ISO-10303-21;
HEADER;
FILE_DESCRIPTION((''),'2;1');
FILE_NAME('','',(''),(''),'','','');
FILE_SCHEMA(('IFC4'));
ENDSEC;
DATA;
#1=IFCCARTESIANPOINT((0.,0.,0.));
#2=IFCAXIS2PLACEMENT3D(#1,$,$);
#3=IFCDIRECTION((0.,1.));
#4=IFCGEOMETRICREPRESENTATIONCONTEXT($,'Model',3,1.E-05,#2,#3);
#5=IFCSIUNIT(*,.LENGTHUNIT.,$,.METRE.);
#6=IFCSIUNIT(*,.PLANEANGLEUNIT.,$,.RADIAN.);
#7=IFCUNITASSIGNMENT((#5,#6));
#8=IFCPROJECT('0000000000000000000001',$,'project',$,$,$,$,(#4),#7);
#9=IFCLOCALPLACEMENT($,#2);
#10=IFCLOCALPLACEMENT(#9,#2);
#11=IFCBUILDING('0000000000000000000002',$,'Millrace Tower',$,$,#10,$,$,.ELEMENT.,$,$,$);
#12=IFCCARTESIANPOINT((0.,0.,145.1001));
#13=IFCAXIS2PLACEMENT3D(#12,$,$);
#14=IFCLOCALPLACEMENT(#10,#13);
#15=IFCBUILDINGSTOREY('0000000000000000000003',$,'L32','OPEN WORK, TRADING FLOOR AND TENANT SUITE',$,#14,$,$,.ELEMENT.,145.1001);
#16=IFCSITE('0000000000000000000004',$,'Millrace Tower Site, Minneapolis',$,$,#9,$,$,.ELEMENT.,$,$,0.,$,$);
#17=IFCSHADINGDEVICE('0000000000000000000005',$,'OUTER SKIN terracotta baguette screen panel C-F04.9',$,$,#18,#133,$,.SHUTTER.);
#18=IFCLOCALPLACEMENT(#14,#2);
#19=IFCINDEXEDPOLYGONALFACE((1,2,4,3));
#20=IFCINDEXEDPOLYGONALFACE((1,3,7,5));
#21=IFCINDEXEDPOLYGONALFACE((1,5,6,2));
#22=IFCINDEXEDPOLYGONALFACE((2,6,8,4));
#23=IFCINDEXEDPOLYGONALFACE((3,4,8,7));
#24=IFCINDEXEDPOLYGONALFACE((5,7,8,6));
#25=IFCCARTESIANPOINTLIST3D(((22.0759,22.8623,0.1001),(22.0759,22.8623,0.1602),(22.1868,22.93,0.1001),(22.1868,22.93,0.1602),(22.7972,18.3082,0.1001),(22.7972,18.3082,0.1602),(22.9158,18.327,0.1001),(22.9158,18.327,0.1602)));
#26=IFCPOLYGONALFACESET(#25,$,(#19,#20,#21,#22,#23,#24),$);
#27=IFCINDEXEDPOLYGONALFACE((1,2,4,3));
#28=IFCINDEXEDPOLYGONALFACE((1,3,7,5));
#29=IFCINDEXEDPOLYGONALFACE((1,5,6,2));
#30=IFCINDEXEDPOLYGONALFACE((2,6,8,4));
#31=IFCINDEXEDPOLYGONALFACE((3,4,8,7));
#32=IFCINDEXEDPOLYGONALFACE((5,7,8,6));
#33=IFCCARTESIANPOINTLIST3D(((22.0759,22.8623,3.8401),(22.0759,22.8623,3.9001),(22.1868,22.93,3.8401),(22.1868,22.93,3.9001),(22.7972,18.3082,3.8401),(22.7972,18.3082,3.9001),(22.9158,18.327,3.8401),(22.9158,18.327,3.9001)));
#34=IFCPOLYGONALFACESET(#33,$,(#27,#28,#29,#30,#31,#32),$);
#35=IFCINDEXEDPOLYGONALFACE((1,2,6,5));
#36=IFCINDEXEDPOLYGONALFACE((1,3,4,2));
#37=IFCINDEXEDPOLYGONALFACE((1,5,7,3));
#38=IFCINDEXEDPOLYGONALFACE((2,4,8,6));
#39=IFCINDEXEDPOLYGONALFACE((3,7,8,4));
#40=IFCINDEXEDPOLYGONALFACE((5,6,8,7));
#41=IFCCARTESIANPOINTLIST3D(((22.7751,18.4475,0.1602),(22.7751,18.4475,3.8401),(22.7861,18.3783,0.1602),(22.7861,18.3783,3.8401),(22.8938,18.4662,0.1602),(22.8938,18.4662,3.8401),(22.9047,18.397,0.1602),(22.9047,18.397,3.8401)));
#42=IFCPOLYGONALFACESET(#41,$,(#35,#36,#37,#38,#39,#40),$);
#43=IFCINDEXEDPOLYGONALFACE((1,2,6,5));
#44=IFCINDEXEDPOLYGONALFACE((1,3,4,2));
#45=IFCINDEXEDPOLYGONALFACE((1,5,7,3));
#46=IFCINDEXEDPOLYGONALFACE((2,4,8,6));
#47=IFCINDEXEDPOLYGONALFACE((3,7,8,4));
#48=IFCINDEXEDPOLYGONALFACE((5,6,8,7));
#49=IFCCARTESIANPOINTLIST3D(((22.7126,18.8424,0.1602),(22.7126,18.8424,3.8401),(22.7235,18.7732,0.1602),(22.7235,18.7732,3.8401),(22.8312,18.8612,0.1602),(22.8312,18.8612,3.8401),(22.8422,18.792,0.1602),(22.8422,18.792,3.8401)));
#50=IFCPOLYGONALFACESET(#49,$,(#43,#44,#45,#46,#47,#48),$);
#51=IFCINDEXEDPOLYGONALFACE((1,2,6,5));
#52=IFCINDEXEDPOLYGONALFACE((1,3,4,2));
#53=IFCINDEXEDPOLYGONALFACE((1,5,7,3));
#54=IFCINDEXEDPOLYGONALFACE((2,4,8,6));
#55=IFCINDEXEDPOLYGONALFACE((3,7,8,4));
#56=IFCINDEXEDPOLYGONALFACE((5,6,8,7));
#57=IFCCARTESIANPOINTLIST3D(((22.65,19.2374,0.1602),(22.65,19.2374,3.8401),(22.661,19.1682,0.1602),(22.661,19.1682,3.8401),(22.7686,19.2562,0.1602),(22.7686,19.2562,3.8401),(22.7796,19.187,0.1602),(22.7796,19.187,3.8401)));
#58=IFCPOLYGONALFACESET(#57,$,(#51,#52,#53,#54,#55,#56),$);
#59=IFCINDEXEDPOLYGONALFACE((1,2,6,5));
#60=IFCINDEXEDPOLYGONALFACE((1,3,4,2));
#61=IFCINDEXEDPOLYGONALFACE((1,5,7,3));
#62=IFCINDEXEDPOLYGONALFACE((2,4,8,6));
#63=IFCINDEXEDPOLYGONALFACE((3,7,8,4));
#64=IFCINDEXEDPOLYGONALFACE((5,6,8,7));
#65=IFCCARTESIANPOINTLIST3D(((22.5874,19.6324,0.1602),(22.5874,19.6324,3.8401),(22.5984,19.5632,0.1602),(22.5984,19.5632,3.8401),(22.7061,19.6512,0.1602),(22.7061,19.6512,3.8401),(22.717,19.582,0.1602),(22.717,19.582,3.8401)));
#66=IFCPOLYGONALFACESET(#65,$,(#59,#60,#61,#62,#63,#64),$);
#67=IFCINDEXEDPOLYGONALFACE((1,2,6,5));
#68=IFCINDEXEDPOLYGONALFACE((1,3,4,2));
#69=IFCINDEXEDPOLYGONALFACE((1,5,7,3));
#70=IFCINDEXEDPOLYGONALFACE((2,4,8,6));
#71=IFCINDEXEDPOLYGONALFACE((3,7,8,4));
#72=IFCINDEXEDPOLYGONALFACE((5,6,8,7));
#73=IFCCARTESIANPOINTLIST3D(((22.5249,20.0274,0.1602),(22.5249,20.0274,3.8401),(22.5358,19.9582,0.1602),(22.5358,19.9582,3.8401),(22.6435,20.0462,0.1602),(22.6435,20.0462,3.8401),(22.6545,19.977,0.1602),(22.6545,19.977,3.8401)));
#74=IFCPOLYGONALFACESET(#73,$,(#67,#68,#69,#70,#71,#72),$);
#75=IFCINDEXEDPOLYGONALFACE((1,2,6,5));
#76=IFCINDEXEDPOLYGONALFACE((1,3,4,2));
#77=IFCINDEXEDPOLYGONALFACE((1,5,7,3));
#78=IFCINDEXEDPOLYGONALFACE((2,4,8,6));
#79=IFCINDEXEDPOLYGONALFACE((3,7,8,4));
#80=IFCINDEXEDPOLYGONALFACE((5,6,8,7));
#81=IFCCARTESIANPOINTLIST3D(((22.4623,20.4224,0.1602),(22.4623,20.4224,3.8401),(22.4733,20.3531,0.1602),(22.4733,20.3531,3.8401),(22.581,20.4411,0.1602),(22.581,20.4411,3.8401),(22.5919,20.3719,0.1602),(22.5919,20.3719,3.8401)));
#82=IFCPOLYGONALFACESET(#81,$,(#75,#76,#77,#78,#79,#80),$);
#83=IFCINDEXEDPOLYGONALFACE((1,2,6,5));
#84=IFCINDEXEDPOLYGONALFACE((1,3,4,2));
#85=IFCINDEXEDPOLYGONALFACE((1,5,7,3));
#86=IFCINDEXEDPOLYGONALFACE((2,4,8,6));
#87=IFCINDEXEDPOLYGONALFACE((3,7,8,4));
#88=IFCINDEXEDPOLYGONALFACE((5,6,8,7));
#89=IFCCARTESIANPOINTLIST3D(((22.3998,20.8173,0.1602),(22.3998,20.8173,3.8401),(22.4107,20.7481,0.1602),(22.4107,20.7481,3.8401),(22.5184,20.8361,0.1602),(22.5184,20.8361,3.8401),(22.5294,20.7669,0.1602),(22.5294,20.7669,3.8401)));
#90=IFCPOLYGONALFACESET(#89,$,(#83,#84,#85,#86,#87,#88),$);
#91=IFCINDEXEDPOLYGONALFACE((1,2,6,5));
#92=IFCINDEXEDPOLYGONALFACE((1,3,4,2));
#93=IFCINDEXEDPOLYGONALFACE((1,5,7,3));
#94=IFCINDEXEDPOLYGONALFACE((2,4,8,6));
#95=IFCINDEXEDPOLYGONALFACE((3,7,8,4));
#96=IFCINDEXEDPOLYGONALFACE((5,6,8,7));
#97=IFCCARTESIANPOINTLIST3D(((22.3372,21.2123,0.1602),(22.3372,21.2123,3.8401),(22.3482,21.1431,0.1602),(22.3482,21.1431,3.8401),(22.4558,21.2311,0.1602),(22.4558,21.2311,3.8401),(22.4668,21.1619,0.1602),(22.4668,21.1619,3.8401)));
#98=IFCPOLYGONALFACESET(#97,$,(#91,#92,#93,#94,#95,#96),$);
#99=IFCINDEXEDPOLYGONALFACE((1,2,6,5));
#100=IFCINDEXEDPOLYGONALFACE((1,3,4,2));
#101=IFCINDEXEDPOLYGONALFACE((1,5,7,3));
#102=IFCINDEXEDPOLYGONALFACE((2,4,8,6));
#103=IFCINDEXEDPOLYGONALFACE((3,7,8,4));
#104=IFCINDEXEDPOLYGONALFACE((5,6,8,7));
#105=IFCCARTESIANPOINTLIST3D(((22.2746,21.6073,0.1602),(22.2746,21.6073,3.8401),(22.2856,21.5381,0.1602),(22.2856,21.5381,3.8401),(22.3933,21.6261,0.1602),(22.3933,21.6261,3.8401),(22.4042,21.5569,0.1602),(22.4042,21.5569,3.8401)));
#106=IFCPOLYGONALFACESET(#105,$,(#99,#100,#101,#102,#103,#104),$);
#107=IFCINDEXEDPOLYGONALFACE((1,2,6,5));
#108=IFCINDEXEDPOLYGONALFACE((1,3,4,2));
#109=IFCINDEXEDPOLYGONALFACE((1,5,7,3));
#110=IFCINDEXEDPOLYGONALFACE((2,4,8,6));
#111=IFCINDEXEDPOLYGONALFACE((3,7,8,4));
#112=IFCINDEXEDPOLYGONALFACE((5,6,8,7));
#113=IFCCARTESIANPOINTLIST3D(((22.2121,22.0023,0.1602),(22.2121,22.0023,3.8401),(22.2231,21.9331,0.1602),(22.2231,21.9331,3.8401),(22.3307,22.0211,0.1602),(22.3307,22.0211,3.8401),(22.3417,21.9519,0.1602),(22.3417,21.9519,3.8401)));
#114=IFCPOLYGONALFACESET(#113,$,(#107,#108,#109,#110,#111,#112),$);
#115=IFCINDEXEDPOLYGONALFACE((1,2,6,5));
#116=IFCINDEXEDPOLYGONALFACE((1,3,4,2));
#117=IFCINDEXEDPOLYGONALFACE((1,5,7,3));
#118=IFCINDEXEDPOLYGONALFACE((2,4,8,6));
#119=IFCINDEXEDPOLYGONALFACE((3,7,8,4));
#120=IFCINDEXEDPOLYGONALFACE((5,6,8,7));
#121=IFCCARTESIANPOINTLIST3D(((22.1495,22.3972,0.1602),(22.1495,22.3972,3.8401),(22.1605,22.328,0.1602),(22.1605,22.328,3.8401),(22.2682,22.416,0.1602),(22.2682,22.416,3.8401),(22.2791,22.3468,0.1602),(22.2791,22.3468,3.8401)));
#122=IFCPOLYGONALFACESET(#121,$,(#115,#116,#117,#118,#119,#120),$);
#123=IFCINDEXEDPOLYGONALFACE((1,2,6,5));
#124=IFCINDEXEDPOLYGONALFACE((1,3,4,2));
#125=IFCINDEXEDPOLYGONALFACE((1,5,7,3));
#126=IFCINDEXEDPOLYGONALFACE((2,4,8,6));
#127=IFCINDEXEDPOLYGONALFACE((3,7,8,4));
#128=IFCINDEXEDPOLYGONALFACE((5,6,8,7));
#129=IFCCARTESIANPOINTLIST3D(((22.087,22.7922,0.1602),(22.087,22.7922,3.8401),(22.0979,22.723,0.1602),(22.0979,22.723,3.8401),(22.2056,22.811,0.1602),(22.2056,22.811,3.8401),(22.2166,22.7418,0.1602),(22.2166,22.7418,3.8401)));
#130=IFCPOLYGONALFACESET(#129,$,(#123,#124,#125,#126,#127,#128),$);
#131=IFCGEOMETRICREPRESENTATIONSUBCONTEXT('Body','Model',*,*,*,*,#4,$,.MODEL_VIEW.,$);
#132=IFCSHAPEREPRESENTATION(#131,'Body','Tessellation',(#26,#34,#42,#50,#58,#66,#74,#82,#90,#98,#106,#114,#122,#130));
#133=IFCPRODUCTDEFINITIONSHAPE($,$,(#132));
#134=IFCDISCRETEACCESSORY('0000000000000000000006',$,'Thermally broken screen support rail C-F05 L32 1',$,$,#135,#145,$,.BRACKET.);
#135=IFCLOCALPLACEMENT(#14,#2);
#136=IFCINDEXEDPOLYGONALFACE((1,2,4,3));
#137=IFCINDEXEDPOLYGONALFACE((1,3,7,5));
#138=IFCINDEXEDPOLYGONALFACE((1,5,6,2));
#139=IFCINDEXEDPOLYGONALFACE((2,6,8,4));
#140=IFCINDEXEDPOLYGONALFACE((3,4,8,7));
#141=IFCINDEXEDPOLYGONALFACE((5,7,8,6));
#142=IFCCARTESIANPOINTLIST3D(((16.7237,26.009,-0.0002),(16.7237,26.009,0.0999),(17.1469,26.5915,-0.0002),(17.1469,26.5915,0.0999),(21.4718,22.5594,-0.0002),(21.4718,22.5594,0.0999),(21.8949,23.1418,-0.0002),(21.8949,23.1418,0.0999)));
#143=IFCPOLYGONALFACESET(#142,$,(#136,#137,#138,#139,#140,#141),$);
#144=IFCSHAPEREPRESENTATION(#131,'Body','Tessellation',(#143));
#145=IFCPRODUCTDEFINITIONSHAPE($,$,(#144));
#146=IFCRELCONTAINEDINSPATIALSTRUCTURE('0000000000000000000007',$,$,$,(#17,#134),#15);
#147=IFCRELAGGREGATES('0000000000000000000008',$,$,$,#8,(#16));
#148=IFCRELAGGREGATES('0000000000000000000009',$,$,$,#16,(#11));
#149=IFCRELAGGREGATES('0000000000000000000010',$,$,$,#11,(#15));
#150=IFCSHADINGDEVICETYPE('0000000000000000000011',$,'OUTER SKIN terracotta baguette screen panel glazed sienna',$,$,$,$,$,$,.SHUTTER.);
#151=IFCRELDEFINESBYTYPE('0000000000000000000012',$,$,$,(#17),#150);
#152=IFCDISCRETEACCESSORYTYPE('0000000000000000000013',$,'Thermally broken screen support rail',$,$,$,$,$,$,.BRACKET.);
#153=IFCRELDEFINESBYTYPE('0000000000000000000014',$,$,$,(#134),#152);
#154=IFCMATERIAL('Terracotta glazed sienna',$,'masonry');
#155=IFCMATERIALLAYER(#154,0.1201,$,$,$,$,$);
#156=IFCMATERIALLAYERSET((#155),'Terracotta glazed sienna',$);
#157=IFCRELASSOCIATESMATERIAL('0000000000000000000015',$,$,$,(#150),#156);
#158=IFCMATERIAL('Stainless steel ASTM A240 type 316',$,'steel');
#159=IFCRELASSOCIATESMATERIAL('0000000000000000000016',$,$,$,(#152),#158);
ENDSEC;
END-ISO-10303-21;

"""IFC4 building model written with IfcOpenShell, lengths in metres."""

from ifc_helpers import new_model, entity, si_unit, direction, frame, frame_2d, origin, origin_2d, place, context, subcontext, project, spatial, rectangle, extrude, source, transform, mapped, material, layer, layer_set, type_object, element, save


model = new_model("IFC4")

# Units and contexts
model_context = context("Model", 3, precision=1e-05, world=origin(), true_north=direction((0.0, 1.0)))
body_context = subcontext(model_context, "Body", "Model", "MODEL_VIEW")
ifc_project = project(units=[si_unit("LENGTHUNIT", "METRE"), si_unit("PLANEANGLEUNIT", "RADIAN")], contexts=[model_context])

# Site, building, storey
site_placement = place(None, origin())
site = spatial("IfcSite", under=ifc_project, at=site_placement, Name="Millrace Tower Site, Minneapolis", CompositionType="ELEMENT", RefElevation=0.0)
building_placement = place(site_placement, origin())
building = spatial("IfcBuilding", under=site, at=building_placement, Name="Millrace Tower", CompositionType="ELEMENT")
storey_placement = place(building_placement, frame((0.0, 0.0, 145.1001)))
storey = spatial("IfcBuildingStorey", under=building, at=storey_placement, Name="L32", Description="OPEN WORK, TRADING FLOOR AND TENANT SUITE", CompositionType="ELEMENT", Elevation=145.1001)

# Shading device
ifc_material_1 = material(Name="Terracotta glazed sienna", Category="masonry")
ifc_layer_1 = layer(ifc_material_1, 0.1201)
ifc_layer_set_1 = layer_set([ifc_layer_1], Name="Terracotta glazed sienna")
shading_device_type = type_object("IfcShadingDeviceType", Name="OUTER SKIN terracotta baguette screen panel glazed sienna", PredefinedType="SHUTTER", material=ifc_layer_set_1)
cartesian_point_1 = entity("IfcCartesianPoint", [-2.3179, 0.0601])
shared_polyline_1 = entity("IfcPolyline", [cartesian_point_1, entity("IfcCartesianPoint", [2.293, 0.0601]), entity("IfcCartesianPoint", [2.3425, -0.0601]), entity("IfcCartesianPoint", [-2.3179, -0.0601]), cartesian_point_1])
shared_shape_1 = source(origin(), body_context, "Body", "SweptSolid", [
    entity("IfcExtrudedAreaSolid", entity("IfcArbitraryClosedProfileDef", "AREA", None, shared_polyline_1), entity("IfcAxis2Placement3D", entity("IfcCartesianPoint", [0.0, 0.0, 0.0])), entity("IfcDirection", [0.0, 0.0, 1.0]), 0.0601),
    entity("IfcExtrudedAreaSolid", entity("IfcArbitraryClosedProfileDef", "AREA", None, shared_polyline_1), entity("IfcAxis2Placement3D", entity("IfcCartesianPoint", [0.0, 0.0, 3.74])), entity("IfcDirection", [0.0, 0.0, 1.0]), 0.0601),
    extrude(rectangle(XDim=0.0701, YDim=0.1201, at=frame_2d((-2.2119, 0.0))), frame((0.0, 0.0, 0.0601)), (0.0, 0.0, 1.0), 3.6799),
    extrude(rectangle(XDim=0.0701, YDim=0.1201, at=frame_2d((-1.812, 0.0))), frame((0.0, 0.0, 0.0601)), (0.0, 0.0, 1.0), 3.6799),
    extrude(rectangle(XDim=0.0701, YDim=0.1201, at=frame_2d((-1.4121, 0.0))), frame((0.0, 0.0, 0.0601)), (0.0, 0.0, 1.0), 3.6799),
    extrude(rectangle(XDim=0.0701, YDim=0.1201, at=frame_2d((-1.0122, 0.0))), frame((0.0, 0.0, 0.0601)), (0.0, 0.0, 1.0), 3.6799),
    extrude(rectangle(XDim=0.0701, YDim=0.1201, at=frame_2d((-0.6123, 0.0))), frame((0.0, 0.0, 0.0601)), (0.0, 0.0, 1.0), 3.6799),
    extrude(rectangle(XDim=0.0701, YDim=0.1201, at=frame_2d((-0.2124, 0.0))), frame((0.0, 0.0, 0.0601)), (0.0, 0.0, 1.0), 3.6799),
    extrude(rectangle(XDim=0.0701, YDim=0.1201, at=frame_2d((0.1875, 0.0))), frame((0.0, 0.0, 0.0601)), (0.0, 0.0, 1.0), 3.6799),
    extrude(rectangle(XDim=0.0701, YDim=0.1201, at=frame_2d((0.5874, 0.0))), frame((0.0, 0.0, 0.0601)), (0.0, 0.0, 1.0), 3.6799),
    extrude(rectangle(XDim=0.0701, YDim=0.1201, at=frame_2d((0.9873, 0.0))), frame((0.0, 0.0, 0.0601)), (0.0, 0.0, 1.0), 3.6799),
    extrude(rectangle(XDim=0.0701, YDim=0.1201, at=frame_2d((1.3872, 0.0))), frame((0.0, 0.0, 0.0601)), (0.0, 0.0, 1.0), 3.6799),
    extrude(rectangle(XDim=0.0701, YDim=0.1201, at=frame_2d((1.7871, 0.0))), frame((0.0, 0.0, 0.0601)), (0.0, 0.0, 1.0), 3.6799),
    extrude(rectangle(XDim=0.0701, YDim=0.1201, at=frame_2d((2.187, 0.0))), frame((0.0, 0.0, 0.0601)), (0.0, 0.0, 1.0), 3.6799),
])
shading_device_1_placement = place(storey_placement, frame((22.4939, 20.6069, 0.1001), z_axis=(0.0, 0.0, 1.0), x_axis=(-0.156434, 0.987688, 0.0)))
element("IfcShadingDevice", 1, at=shading_device_1_placement, inside=storey, type_object=shading_device_type, Name="OUTER SKIN terracotta baguette screen panel C-F04.9", PredefinedType="SHUTTER", context=body_context, shape_type="MappedRepresentation", body=[
    mapped(shared_shape_1, transform((0.0, 0.0, 0.0), scale=1.0)),
])

# Discrete accessory
ifc_material_2 = material(Name="Stainless steel ASTM A240 type 316", Category="steel")
discrete_accessory_type = type_object("IfcDiscreteAccessoryType", Name="Thermally broken screen support rail", PredefinedType="BRACKET", material=ifc_material_2)
discrete_accessory_placement = place(storey_placement, frame((19.3093, 24.5754, -0.0002), z_axis=(0.0, 0.0, 1.0), x_axis=(-0.809017, 0.587785, 0.0)))
element("IfcDiscreteAccessory", 2, at=discrete_accessory_placement, inside=storey, type_object=discrete_accessory_type, Name="Thermally broken screen support rail C-F05 L32 1", PredefinedType="BRACKET", context=body_context, shape_type="SweptSolid", body=[
    extrude(rectangle(XDim=5.8689, YDim=0.72, at=origin_2d()), origin(), (0.0, 0.0, 1.0), 0.1001),
])

save(model, "model.ifc")
